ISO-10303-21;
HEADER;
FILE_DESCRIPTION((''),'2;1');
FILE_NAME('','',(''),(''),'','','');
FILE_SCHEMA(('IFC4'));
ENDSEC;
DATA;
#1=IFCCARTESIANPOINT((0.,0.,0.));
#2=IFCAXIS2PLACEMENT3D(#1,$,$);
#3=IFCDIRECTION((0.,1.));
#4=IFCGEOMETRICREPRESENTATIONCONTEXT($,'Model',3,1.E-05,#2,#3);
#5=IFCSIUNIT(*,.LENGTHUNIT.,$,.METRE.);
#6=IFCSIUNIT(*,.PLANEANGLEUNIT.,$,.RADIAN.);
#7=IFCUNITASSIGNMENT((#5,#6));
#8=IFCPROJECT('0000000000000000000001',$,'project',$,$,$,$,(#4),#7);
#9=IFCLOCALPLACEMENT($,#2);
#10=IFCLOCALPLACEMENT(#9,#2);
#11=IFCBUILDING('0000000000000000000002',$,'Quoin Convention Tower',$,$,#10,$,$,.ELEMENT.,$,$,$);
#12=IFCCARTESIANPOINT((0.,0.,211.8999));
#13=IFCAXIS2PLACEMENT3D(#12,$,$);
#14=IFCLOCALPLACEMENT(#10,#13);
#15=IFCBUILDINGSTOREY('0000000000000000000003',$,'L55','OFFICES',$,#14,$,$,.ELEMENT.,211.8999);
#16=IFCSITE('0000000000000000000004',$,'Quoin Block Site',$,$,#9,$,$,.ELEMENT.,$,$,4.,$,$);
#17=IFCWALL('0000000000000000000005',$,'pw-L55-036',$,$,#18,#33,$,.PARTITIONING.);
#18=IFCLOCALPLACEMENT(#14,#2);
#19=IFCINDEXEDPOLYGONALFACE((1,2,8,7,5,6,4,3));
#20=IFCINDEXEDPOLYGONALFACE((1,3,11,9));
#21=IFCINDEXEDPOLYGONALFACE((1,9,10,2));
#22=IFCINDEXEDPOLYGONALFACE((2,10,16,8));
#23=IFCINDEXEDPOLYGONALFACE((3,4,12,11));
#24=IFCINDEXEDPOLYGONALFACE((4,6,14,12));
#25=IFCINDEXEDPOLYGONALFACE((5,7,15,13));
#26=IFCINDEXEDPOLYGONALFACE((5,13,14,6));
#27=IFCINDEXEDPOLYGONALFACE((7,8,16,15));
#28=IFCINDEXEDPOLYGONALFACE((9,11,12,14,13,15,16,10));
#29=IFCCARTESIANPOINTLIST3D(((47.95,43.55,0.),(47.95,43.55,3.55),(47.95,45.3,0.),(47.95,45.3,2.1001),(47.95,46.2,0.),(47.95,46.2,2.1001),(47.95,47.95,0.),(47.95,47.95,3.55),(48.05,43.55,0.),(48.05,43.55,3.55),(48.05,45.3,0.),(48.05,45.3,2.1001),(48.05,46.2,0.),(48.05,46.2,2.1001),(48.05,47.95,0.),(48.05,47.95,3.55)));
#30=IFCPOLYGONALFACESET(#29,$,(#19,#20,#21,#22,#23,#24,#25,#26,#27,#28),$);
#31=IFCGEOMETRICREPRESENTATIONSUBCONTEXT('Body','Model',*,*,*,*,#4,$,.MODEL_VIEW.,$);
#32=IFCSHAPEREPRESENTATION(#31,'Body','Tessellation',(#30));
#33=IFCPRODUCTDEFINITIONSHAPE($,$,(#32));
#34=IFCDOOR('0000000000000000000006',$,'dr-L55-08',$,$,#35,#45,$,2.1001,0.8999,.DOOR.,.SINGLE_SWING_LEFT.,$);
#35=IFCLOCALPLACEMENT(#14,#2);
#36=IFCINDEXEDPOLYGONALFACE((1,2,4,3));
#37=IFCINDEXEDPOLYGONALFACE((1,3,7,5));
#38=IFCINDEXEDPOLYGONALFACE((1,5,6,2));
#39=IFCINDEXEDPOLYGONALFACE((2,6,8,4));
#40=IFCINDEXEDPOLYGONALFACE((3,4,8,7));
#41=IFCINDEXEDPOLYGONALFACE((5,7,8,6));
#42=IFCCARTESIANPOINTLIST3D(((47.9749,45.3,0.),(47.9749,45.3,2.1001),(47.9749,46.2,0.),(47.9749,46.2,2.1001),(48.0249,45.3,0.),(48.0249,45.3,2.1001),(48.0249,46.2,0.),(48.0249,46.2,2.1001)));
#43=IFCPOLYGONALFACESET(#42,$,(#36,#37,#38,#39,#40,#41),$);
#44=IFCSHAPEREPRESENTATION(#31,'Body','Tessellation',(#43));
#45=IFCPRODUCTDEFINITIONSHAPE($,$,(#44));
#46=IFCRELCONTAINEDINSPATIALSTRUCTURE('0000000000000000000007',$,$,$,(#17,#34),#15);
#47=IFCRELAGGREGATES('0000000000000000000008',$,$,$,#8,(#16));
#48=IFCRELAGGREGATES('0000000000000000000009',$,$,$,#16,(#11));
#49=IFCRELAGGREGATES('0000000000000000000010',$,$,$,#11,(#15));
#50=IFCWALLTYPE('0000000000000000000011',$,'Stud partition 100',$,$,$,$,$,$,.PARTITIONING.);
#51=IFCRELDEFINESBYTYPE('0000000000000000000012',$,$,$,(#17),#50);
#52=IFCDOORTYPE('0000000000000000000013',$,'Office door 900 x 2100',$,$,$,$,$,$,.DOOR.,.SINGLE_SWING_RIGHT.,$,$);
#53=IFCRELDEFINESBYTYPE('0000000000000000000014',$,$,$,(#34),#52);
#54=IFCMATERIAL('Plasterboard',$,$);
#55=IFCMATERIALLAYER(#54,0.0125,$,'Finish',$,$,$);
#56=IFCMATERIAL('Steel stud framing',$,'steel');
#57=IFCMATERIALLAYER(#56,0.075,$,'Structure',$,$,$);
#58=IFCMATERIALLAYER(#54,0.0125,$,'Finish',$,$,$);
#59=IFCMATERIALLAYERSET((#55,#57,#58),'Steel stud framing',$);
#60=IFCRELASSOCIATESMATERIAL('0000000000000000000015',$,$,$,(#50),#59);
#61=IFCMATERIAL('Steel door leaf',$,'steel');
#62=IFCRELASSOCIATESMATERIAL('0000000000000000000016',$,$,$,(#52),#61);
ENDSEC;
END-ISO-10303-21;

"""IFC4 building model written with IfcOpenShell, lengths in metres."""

from ifc_helpers import new_model, si_unit, direction, frame, frame_2d, origin, place, context, subcontext, project, spatial, rectangle, extrude, material, layer, layer_set, type_object, element, fill, save


model = new_model("IFC4")

# Units and contexts
model_context = context("Model", 3, precision=1e-05, world=origin(), true_north=direction((0.0, 1.0)))
body_context = subcontext(model_context, "Body", "Model", "MODEL_VIEW")
ifc_project = project(units=[si_unit("LENGTHUNIT", "METRE"), si_unit("PLANEANGLEUNIT", "RADIAN")], contexts=[model_context])

# Site, building, storey
site_placement = place(None, origin())
site = spatial("IfcSite", under=ifc_project, at=site_placement, Name="Quoin Block Site", CompositionType="ELEMENT", RefElevation=4.0)
building_placement = place(site_placement, origin())
building = spatial("IfcBuilding", under=site, at=building_placement, Name="Quoin Convention Tower", CompositionType="ELEMENT")
storey_placement = place(building_placement, frame((0.0, 0.0, 211.8999)))
storey = spatial("IfcBuildingStorey", under=building, at=storey_placement, Name="L55", Description="OFFICES", CompositionType="ELEMENT", Elevation=211.8999)

# Shared definitions
ifc_material_1 = material(Name="Plasterboard")
ifc_material_2 = material(Name="Steel stud framing", Category="steel")
ifc_material_3 = material(Name="Steel door leaf", Category="steel")

# Shared definitions
ifc_layer_1 = layer(ifc_material_1, 0.0125, Name="Finish")
ifc_layer_2 = layer(ifc_material_2, 0.075, Name="Structure")
ifc_layer_3 = layer(ifc_material_1, 0.0125, Name="Finish")
ifc_layer_set_1 = layer_set([ifc_layer_1, ifc_layer_2, ifc_layer_3], Name="Steel stud framing")
wall_type_1 = type_object("IfcWallType", Name="Stud partition 100", PredefinedType="PARTITIONING", material=ifc_layer_set_1)

# Wall, opening, door
wall_1_placement = place(storey_placement, frame((48.0, 43.55, 0.0), z_axis=(0.0, 0.0, 1.0), x_axis=(0.0, 1.0, 0.0)))
wall_1 = element("IfcWall", 1, at=wall_1_placement, inside=storey, type_object=wall_type_1, Name="pw-L55-036", PredefinedType="PARTITIONING", context=body_context, shape_type="SweptSolid", body=[
    extrude(rectangle(XDim=4.3999, YDim=0.1001, at=frame_2d((2.2, 0.0))), origin(), (0.0, 0.0, 1.0), 3.55),
])
opening_1_placement = place(wall_1_placement, frame((1.75, 0.0, 0.0)))
opening_1 = element("IfcOpeningElement", 2, at=opening_1_placement, cuts=wall_1, PredefinedType="OPENING", context=body_context, shape_type="SweptSolid", body=[
    extrude(rectangle(XDim=0.8999, YDim=2.1001, at=frame_2d((0.45, 1.05))), frame((0.0, 0.0601, 0.0), z_axis=(0.0, -1.0, 0.0), x_axis=(1.0, 0.0, 0.0)), (0.0, 0.0, 1.0), 0.1201),
])
door_type_1 = type_object("IfcDoorType", Name="Office door 900 x 2100", OperationType="SINGLE_SWING_RIGHT", PredefinedType="DOOR", material=ifc_material_3)
door_1_placement = place(opening_1_placement, frame((0.8999, 0.0, 0.0), z_axis=(0.0, 0.0, 1.0), x_axis=(-1.0, 0.0, 0.0)))
door_1 = element("IfcDoor", 3, at=door_1_placement, inside=storey, type_object=door_type_1, Name="dr-L55-08", OperationType="SINGLE_SWING_LEFT", OverallHeight=2.1001, OverallWidth=0.8999, PredefinedType="DOOR", context=body_context, shape_type="SweptSolid", body=[
    extrude(rectangle(XDim=0.8999, YDim=2.1001, at=frame_2d((0.45, 1.05))), frame((0.0, 0.0249, 0.0), z_axis=(0.0, -1.0, 0.0), x_axis=(1.0, 0.0, 0.0)), (0.0, 0.0, 1.0), 0.05),
])
fill(opening_1, door_1)

save(model, "model.ifc")
